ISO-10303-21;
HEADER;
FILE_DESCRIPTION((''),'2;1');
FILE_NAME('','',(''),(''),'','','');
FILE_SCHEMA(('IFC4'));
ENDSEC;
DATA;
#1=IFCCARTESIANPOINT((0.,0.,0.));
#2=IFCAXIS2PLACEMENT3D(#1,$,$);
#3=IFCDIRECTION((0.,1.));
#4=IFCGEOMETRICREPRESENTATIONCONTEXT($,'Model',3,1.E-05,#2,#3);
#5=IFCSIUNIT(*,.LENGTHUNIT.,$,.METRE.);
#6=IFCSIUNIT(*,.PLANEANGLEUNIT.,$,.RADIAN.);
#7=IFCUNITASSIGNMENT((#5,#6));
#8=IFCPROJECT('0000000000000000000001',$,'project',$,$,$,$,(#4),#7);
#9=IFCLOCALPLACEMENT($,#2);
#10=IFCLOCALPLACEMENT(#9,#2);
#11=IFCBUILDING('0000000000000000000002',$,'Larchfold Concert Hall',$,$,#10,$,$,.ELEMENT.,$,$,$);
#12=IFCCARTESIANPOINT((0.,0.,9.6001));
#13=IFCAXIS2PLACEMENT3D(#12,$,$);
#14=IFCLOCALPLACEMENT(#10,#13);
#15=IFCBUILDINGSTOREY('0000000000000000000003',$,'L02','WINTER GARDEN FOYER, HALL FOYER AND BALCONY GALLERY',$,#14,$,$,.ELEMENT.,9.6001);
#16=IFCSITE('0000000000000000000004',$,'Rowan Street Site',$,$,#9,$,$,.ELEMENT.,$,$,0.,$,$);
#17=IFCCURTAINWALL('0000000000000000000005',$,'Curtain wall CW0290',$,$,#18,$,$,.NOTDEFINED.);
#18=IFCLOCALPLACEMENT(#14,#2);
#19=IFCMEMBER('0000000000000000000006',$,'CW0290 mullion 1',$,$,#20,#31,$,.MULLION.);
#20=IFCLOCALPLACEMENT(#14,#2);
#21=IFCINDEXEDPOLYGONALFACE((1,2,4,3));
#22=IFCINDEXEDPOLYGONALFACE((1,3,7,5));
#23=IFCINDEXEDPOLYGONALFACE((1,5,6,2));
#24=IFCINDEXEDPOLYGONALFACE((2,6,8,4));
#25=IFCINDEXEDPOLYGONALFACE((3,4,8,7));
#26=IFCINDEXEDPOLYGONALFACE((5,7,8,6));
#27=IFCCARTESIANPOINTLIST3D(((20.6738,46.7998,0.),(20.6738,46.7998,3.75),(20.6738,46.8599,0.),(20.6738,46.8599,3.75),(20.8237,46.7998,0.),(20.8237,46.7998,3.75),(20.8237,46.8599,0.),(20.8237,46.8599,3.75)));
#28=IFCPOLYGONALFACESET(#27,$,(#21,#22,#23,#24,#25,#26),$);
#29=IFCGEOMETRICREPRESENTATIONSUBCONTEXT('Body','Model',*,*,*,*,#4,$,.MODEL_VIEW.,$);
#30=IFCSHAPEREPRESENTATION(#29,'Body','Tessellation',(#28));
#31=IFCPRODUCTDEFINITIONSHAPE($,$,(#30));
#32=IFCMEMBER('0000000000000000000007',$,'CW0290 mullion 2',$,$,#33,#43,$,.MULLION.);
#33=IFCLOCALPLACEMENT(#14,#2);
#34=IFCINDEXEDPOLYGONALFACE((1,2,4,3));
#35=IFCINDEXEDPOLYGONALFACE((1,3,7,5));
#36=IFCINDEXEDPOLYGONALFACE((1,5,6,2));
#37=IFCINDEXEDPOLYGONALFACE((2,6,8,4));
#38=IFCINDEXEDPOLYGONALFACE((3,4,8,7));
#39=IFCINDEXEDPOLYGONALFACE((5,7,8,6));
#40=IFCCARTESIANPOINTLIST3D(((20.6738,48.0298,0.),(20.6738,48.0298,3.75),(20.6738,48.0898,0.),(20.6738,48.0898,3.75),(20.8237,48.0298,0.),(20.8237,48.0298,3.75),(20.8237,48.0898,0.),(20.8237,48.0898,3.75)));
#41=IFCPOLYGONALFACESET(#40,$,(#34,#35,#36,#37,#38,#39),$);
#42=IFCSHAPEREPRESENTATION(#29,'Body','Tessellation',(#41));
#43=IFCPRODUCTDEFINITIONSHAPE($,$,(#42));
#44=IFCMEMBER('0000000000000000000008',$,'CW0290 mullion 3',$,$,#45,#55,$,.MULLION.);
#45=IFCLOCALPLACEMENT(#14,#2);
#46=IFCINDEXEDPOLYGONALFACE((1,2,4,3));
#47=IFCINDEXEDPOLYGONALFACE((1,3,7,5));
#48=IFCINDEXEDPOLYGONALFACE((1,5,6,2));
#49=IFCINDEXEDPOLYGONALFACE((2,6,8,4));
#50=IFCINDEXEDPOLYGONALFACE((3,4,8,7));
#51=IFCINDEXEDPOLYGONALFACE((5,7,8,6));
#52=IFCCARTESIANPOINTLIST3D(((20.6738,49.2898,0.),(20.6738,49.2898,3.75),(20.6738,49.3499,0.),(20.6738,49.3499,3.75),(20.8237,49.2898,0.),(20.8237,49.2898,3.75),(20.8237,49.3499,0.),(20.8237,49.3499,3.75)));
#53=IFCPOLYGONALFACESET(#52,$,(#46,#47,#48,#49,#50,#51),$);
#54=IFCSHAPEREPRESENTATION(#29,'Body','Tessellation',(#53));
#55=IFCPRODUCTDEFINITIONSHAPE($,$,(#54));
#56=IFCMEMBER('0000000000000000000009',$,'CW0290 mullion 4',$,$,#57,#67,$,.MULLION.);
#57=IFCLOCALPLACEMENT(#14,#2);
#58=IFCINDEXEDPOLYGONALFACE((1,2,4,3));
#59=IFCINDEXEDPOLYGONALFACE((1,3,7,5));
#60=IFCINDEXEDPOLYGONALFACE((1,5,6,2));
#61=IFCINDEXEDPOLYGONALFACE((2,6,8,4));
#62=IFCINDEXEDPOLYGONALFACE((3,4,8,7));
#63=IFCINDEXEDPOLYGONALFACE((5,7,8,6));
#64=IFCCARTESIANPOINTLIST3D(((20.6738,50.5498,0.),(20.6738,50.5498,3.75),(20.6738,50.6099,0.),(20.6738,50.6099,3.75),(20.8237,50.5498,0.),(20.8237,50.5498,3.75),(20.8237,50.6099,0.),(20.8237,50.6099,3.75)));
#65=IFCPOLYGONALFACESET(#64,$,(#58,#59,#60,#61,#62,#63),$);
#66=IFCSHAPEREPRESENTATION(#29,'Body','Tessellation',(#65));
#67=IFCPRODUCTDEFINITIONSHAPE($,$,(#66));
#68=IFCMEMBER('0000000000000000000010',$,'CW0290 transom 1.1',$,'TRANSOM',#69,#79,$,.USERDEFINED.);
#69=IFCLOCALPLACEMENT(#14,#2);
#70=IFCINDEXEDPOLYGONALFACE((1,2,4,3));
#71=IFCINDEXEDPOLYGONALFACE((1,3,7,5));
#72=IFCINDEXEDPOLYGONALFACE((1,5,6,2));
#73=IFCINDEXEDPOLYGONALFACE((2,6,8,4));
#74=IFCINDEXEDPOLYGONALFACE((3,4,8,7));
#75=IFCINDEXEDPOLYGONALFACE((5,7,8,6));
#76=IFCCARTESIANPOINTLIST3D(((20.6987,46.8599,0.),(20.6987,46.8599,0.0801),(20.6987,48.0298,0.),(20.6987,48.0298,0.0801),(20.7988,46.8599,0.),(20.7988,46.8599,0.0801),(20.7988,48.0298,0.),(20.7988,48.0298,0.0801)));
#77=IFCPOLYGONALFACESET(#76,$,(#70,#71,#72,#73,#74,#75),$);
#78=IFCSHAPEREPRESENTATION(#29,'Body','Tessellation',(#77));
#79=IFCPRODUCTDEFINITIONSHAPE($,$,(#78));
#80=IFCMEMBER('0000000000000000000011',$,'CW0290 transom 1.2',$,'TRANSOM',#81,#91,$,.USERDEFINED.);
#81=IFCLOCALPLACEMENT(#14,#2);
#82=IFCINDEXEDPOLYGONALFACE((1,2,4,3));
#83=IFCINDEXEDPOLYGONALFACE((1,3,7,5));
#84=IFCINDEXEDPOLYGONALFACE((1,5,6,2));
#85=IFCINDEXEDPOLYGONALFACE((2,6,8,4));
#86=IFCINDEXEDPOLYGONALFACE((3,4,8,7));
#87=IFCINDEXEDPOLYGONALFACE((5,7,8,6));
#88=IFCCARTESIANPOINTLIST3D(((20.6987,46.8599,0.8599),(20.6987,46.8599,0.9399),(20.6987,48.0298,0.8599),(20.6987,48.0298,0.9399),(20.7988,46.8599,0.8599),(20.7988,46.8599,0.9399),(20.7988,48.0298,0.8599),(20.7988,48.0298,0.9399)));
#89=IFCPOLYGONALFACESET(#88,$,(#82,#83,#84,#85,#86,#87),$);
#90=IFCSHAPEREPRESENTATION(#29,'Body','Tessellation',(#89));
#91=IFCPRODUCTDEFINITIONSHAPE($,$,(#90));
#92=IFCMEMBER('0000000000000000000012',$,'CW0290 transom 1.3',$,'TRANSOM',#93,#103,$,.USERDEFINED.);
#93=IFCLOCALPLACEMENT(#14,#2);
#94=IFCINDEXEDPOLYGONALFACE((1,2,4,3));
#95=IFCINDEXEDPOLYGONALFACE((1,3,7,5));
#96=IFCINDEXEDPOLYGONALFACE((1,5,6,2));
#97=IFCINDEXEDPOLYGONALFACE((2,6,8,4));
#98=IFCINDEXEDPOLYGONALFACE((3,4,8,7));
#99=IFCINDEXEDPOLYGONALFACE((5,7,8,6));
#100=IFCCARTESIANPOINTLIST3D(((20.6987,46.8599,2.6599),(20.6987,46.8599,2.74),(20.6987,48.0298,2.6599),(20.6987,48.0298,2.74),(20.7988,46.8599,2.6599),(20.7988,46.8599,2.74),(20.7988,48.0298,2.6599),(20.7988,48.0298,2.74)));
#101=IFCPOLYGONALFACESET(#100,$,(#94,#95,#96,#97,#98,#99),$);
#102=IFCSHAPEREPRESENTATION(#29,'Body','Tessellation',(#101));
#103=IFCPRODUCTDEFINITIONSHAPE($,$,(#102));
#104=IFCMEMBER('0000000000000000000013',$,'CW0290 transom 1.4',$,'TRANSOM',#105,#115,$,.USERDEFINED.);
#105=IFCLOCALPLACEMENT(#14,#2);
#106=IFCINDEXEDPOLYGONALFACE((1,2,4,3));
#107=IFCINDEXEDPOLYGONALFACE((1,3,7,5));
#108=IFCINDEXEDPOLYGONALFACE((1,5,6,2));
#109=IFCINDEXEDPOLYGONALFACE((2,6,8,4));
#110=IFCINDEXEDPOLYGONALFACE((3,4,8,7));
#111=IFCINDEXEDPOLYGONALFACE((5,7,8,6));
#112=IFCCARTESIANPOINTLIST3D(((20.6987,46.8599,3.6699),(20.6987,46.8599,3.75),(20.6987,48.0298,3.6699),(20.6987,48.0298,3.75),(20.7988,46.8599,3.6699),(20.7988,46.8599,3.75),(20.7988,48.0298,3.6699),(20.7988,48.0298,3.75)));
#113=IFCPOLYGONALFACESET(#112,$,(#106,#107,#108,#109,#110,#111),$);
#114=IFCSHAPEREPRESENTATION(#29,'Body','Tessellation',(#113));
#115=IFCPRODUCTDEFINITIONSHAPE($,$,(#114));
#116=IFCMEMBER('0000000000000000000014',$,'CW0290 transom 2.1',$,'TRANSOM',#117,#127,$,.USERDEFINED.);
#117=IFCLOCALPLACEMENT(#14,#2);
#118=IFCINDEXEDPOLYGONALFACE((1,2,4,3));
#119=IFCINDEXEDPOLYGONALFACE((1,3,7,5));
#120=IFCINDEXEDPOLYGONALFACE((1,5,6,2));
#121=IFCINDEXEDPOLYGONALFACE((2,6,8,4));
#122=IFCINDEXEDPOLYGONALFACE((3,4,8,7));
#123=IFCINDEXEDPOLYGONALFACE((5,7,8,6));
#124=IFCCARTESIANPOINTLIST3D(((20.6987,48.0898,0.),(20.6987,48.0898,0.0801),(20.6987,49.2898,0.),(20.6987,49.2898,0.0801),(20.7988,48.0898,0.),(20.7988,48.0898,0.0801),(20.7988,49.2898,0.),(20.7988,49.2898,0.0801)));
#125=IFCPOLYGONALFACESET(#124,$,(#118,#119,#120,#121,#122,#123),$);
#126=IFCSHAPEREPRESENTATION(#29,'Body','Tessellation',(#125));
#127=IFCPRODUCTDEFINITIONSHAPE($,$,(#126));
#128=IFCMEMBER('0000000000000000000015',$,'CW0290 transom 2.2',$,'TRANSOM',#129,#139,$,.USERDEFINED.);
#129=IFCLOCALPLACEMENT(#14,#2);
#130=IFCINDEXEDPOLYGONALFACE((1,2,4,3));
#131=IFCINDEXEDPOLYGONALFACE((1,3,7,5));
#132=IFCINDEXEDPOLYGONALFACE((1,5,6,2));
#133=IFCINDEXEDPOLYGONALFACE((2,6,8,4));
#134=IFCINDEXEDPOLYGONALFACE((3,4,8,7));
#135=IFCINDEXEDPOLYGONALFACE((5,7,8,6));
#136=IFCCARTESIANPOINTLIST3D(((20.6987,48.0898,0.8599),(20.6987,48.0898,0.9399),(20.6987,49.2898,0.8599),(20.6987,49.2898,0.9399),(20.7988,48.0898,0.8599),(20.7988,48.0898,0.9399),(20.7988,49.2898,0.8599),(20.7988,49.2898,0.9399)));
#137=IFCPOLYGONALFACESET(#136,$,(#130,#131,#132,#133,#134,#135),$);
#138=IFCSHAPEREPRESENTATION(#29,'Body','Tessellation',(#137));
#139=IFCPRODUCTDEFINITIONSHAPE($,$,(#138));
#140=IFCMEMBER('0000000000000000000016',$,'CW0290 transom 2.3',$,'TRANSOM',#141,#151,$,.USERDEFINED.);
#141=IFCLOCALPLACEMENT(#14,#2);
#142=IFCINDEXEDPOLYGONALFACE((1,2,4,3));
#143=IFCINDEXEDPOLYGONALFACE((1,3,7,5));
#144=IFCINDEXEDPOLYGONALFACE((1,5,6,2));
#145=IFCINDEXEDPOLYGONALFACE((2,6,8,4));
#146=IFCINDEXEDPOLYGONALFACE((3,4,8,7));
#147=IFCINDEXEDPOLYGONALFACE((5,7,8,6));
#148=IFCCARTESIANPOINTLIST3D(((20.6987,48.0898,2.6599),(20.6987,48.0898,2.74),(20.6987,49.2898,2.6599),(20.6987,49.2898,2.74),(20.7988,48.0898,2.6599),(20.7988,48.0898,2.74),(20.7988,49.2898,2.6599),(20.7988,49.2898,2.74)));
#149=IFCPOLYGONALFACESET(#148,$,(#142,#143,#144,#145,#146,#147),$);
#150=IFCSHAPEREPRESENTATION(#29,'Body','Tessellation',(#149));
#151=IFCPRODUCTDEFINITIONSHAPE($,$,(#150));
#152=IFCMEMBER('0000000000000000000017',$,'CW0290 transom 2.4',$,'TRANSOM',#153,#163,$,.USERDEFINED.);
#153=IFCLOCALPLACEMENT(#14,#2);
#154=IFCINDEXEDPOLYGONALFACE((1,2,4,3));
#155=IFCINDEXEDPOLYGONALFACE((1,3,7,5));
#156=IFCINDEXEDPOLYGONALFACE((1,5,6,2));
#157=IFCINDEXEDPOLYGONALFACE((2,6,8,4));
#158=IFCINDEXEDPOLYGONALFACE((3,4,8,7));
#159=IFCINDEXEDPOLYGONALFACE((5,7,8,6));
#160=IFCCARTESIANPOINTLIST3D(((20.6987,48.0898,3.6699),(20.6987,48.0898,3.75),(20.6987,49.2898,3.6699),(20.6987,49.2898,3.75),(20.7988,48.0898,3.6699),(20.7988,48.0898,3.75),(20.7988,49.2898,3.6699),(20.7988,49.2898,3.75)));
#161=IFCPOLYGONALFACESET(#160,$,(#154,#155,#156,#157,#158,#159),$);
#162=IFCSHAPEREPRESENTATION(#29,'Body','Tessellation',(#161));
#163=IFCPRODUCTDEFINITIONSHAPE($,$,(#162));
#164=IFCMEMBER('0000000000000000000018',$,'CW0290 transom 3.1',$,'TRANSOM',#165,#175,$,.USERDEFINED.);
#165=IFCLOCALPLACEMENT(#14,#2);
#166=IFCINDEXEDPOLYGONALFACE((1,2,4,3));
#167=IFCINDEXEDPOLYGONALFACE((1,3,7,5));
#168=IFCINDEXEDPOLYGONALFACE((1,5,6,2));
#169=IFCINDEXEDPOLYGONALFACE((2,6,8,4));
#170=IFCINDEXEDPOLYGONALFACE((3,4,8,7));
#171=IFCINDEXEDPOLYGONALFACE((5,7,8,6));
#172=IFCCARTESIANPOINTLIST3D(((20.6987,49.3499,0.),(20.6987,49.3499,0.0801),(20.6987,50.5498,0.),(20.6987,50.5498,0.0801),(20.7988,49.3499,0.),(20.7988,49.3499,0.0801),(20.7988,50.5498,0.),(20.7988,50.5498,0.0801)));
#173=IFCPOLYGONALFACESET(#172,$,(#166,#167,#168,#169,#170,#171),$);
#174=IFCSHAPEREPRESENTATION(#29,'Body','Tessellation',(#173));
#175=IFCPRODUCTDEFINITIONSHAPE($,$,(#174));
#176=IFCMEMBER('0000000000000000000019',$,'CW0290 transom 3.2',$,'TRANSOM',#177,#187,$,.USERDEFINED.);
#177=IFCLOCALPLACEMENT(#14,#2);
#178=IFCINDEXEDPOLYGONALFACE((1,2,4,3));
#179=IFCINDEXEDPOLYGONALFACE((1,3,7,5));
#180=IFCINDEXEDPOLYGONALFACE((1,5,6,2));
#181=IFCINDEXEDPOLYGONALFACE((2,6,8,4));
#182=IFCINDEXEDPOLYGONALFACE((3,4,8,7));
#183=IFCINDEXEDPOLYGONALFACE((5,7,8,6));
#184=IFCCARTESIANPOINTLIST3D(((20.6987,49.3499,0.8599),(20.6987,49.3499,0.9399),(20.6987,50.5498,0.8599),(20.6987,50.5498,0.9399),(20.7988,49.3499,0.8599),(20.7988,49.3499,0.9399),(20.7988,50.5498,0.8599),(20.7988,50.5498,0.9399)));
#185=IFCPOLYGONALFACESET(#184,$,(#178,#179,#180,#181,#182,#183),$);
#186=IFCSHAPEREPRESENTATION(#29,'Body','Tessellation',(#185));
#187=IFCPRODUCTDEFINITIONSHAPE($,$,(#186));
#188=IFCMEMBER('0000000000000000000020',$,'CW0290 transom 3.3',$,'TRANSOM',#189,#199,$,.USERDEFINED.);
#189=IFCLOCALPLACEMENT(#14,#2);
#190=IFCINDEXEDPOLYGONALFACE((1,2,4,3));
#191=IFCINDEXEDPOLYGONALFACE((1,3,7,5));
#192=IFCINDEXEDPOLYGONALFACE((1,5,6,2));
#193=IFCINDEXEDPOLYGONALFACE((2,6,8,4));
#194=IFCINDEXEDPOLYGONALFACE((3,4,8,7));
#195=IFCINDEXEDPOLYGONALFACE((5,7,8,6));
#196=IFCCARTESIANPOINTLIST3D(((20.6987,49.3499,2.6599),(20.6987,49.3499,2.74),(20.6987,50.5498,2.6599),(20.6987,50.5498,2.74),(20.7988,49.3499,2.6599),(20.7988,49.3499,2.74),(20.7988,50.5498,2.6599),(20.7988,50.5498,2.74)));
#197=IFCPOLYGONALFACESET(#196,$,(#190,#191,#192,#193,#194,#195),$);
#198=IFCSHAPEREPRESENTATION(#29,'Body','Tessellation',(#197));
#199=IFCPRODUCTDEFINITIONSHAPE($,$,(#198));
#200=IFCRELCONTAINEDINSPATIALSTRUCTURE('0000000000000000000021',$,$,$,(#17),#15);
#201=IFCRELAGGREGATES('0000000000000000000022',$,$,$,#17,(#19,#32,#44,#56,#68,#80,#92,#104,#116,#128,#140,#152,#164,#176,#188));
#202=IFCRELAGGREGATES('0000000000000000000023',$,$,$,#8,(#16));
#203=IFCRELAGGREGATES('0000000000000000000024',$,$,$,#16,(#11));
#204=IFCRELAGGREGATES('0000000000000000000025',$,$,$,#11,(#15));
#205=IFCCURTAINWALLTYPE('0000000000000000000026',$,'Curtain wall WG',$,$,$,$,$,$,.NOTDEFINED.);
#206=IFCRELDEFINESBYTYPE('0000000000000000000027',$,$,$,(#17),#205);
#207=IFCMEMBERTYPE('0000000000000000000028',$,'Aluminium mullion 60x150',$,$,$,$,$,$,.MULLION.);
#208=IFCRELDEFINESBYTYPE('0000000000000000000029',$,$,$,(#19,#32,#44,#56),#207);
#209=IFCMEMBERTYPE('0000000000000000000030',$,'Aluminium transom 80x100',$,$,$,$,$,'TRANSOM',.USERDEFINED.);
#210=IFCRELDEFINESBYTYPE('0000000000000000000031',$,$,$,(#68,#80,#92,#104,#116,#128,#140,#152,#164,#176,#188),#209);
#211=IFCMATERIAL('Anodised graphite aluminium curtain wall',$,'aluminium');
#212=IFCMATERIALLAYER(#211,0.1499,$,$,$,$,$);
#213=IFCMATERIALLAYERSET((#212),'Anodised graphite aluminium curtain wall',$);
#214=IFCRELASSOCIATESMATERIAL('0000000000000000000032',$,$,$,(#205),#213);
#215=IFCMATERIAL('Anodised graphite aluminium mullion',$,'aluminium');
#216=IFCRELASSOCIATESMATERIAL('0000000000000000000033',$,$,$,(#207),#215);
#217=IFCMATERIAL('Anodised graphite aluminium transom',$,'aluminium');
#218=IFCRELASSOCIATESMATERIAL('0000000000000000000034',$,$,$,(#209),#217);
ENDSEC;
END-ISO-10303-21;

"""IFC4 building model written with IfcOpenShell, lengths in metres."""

from ifc_helpers import new_model, si_unit, direction, frame, origin, origin_2d, place, context, subcontext, project, spatial, rectangle, extrude, material, layer, layer_set, material_profile, profile_set, type_object, element, aggregate, save


model = new_model("IFC4")

# Units and contexts
model_context = context("Model", 3, precision=1e-05, world=origin(), true_north=direction((0.0, 1.0)))
body_context = subcontext(model_context, "Body", "Model", "MODEL_VIEW")
ifc_project = project(units=[si_unit("LENGTHUNIT", "METRE"), si_unit("PLANEANGLEUNIT", "RADIAN")], contexts=[model_context])

# Site, building, storey
site_placement = place(None, origin())
site = spatial("IfcSite", under=ifc_project, at=site_placement, Name="Rowan Street Site", CompositionType="ELEMENT", RefElevation=0.0)
building_placement = place(site_placement, origin())
building = spatial("IfcBuilding", under=site, at=building_placement, Name="Larchfold Concert Hall", CompositionType="ELEMENT")
storey_placement = place(building_placement, frame((0.0, 0.0, 9.6001)))
storey = spatial("IfcBuildingStorey", under=building, at=storey_placement, Name="L02", Description="WINTER GARDEN FOYER, HALL FOYER AND BALCONY GALLERY", CompositionType="ELEMENT", Elevation=9.6001)

# Curtain wall, members
ifc_material_1 = material(Name="Anodised graphite aluminium curtain wall", Category="aluminium")
ifc_layer_1 = layer(ifc_material_1, 0.1499)
ifc_layer_set_1 = layer_set([ifc_layer_1], Name="Anodised graphite aluminium curtain wall")
curtain_wall_type = type_object("IfcCurtainWallType", Name="Curtain wall WG", PredefinedType="NOTDEFINED", material=ifc_layer_set_1)
curtain_wall_placement = place(storey_placement, origin())
curtain_wall = element("IfcCurtainWall", 1, at=curtain_wall_placement, inside=storey, type_object=curtain_wall_type, Name="Curtain wall CW0290", PredefinedType="NOTDEFINED")
ifc_material_2 = material(Name="Anodised graphite aluminium mullion", Category="aluminium")
ifc_material_profile_1 = material_profile(ifc_material_2, rectangle(XDim=0.1499, YDim=0.0601, at=origin_2d()))
ifc_profile_set_1 = profile_set([ifc_material_profile_1], Name="Anodised graphite aluminium mullion")
member_type_1 = type_object("IfcMemberType", Name="Aluminium mullion 60x150", PredefinedType="MULLION", material=ifc_profile_set_1)
member_1_placement = place(storey_placement, frame((20.7488, 46.8298, 0.0), z_axis=(0.0, 0.0, 1.0), x_axis=(-1.0, 0.0, 0.0)))
member_1 = element("IfcMember", 2, at=member_1_placement, type_object=member_type_1, Name="CW0290 mullion 1", PredefinedType="MULLION", context=body_context, shape_type="SweptSolid", body=[
    extrude(rectangle(XDim=0.1499, YDim=0.0601, at=origin_2d()), origin(), (0.0, 0.0, 1.0), 3.75),
])
member_2_placement = place(storey_placement, frame((20.7488, 48.0598, 0.0), z_axis=(0.0, 0.0, 1.0), x_axis=(-1.0, 0.0, 0.0)))
member_2 = element("IfcMember", 3, at=member_2_placement, type_object=member_type_1, Name="CW0290 mullion 2", PredefinedType="MULLION", context=body_context, shape_type="SweptSolid", body=[
    extrude(rectangle(XDim=0.1499, YDim=0.0601, at=origin_2d()), origin(), (0.0, 0.0, 1.0), 3.75),
])
member_3_placement = place(storey_placement, frame((20.7488, 49.3198, 0.0), z_axis=(0.0, 0.0, 1.0), x_axis=(-1.0, 0.0, 0.0)))
member_3 = element("IfcMember", 4, at=member_3_placement, type_object=member_type_1, Name="CW0290 mullion 3", PredefinedType="MULLION", context=body_context, shape_type="SweptSolid", body=[
    extrude(rectangle(XDim=0.1499, YDim=0.0601, at=origin_2d()), origin(), (0.0, 0.0, 1.0), 3.75),
])
member_4_placement = place(storey_placement, frame((20.7488, 50.5798, 0.0), z_axis=(0.0, 0.0, 1.0), x_axis=(-1.0, 0.0, 0.0)))
member_4 = element("IfcMember", 5, at=member_4_placement, type_object=member_type_1, Name="CW0290 mullion 4", PredefinedType="MULLION", context=body_context, shape_type="SweptSolid", body=[
    extrude(rectangle(XDim=0.1499, YDim=0.0601, at=origin_2d()), origin(), (0.0, 0.0, 1.0), 3.75),
])
ifc_material_3 = material(Name="Anodised graphite aluminium transom", Category="aluminium")
ifc_material_profile_2 = material_profile(ifc_material_3, rectangle(XDim=0.1001, YDim=0.0801, at=origin_2d()))
ifc_profile_set_2 = profile_set([ifc_material_profile_2], Name="Anodised graphite aluminium transom")
member_type_2 = type_object("IfcMemberType", Name="Aluminium transom 80x100", ElementType="TRANSOM", PredefinedType="USERDEFINED", material=ifc_profile_set_2)
member_5_placement = place(storey_placement, frame((20.7488, 46.8599, 0.04), z_axis=(0.0, 1.0, 0.0), x_axis=(-1.0, 0.0, 0.0)))
member_5 = element("IfcMember", 6, at=member_5_placement, type_object=member_type_2, Name="CW0290 transom 1.1", ObjectType="TRANSOM", PredefinedType="USERDEFINED", context=body_context, shape_type="SweptSolid", body=[
    extrude(rectangle(XDim=0.1001, YDim=0.0801, at=origin_2d()), origin(), (0.0, 0.0, 1.0), 1.1699),
])
member_6_placement = place(storey_placement, frame((20.7488, 46.8599, 0.8999), z_axis=(0.0, 1.0, 0.0), x_axis=(-1.0, 0.0, 0.0)))
member_6 = element("IfcMember", 7, at=member_6_placement, type_object=member_type_2, Name="CW0290 transom 1.2", ObjectType="TRANSOM", PredefinedType="USERDEFINED", context=body_context, shape_type="SweptSolid", body=[
    extrude(rectangle(XDim=0.1001, YDim=0.0801, at=origin_2d()), origin(), (0.0, 0.0, 1.0), 1.1699),
])
member_7_placement = place(storey_placement, frame((20.7488, 46.8599, 2.7), z_axis=(0.0, 1.0, 0.0), x_axis=(-1.0, 0.0, 0.0)))
member_7 = element("IfcMember", 8, at=member_7_placement, type_object=member_type_2, Name="CW0290 transom 1.3", ObjectType="TRANSOM", PredefinedType="USERDEFINED", context=body_context, shape_type="SweptSolid", body=[
    extrude(rectangle(XDim=0.1001, YDim=0.0801, at=origin_2d()), origin(), (0.0, 0.0, 1.0), 1.1699),
])
member_8_placement = place(storey_placement, frame((20.7488, 46.8599, 3.71), z_axis=(0.0, 1.0, 0.0), x_axis=(-1.0, 0.0, 0.0)))
member_8 = element("IfcMember", 9, at=member_8_placement, type_object=member_type_2, Name="CW0290 transom 1.4", ObjectType="TRANSOM", PredefinedType="USERDEFINED", context=body_context, shape_type="SweptSolid", body=[
    extrude(rectangle(XDim=0.1001, YDim=0.0801, at=origin_2d()), origin(), (0.0, 0.0, 1.0), 1.1699),
])
member_9_placement = place(storey_placement, frame((20.7488, 48.0898, 0.04), z_axis=(0.0, 1.0, 0.0), x_axis=(-1.0, 0.0, 0.0)))
member_9 = element("IfcMember", 10, at=member_9_placement, type_object=member_type_2, Name="CW0290 transom 2.1", ObjectType="TRANSOM", PredefinedType="USERDEFINED", context=body_context, shape_type="SweptSolid", body=[
    extrude(rectangle(XDim=0.1001, YDim=0.0801, at=origin_2d()), origin(), (0.0, 0.0, 1.0), 1.2),
])
member_10_placement = place(storey_placement, frame((20.7488, 48.0898, 0.8999), z_axis=(0.0, 1.0, 0.0), x_axis=(-1.0, 0.0, 0.0)))
member_10 = element("IfcMember", 11, at=member_10_placement, type_object=member_type_2, Name="CW0290 transom 2.2", ObjectType="TRANSOM", PredefinedType="USERDEFINED", context=body_context, shape_type="SweptSolid", body=[
    extrude(rectangle(XDim=0.1001, YDim=0.0801, at=origin_2d()), origin(), (0.0, 0.0, 1.0), 1.2),
])
member_11_placement = place(storey_placement, frame((20.7488, 48.0898, 2.7), z_axis=(0.0, 1.0, 0.0), x_axis=(-1.0, 0.0, 0.0)))
member_11 = element("IfcMember", 12, at=member_11_placement, type_object=member_type_2, Name="CW0290 transom 2.3", ObjectType="TRANSOM", PredefinedType="USERDEFINED", context=body_context, shape_type="SweptSolid", body=[
    extrude(rectangle(XDim=0.1001, YDim=0.0801, at=origin_2d()), origin(), (0.0, 0.0, 1.0), 1.2),
])
member_12_placement = place(storey_placement, frame((20.7488, 48.0898, 3.71), z_axis=(0.0, 1.0, 0.0), x_axis=(-1.0, 0.0, 0.0)))
member_12 = element("IfcMember", 13, at=member_12_placement, type_object=member_type_2, Name="CW0290 transom 2.4", ObjectType="TRANSOM", PredefinedType="USERDEFINED", context=body_context, shape_type="SweptSolid", body=[
    extrude(rectangle(XDim=0.1001, YDim=0.0801, at=origin_2d()), origin(), (0.0, 0.0, 1.0), 1.2),
])
member_13_placement = place(storey_placement, frame((20.7488, 49.3499, 0.04), z_axis=(0.0, 1.0, 0.0), x_axis=(-1.0, 0.0, 0.0)))
member_13 = element("IfcMember", 14, at=member_13_placement, type_object=member_type_2, Name="CW0290 transom 3.1", ObjectType="TRANSOM", PredefinedType="USERDEFINED", context=body_context, shape_type="SweptSolid", body=[
    extrude(rectangle(XDim=0.1001, YDim=0.0801, at=origin_2d()), origin(), (0.0, 0.0, 1.0), 1.2),
])
member_14_placement = place(storey_placement, frame((20.7488, 49.3499, 0.8999), z_axis=(0.0, 1.0, 0.0), x_axis=(-1.0, 0.0, 0.0)))
member_14 = element("IfcMember", 15, at=member_14_placement, type_object=member_type_2, Name="CW0290 transom 3.2", ObjectType="TRANSOM", PredefinedType="USERDEFINED", context=body_context, shape_type="SweptSolid", body=[
    extrude(rectangle(XDim=0.1001, YDim=0.0801, at=origin_2d()), origin(), (0.0, 0.0, 1.0), 1.2),
])
member_15_placement = place(storey_placement, frame((20.7488, 49.3499, 2.7), z_axis=(0.0, 1.0, 0.0), x_axis=(-1.0, 0.0, 0.0)))
member_15 = element("IfcMember", 16, at=member_15_placement, type_object=member_type_2, Name="CW0290 transom 3.3", ObjectType="TRANSOM", PredefinedType="USERDEFINED", context=body_context, shape_type="SweptSolid", body=[
    extrude(rectangle(XDim=0.1001, YDim=0.0801, at=origin_2d()), origin(), (0.0, 0.0, 1.0), 1.2),
])
aggregate(curtain_wall, [member_1, member_2, member_3, member_4, member_5, member_6, member_7, member_8, member_9, member_10, member_11, member_12, member_13, member_14, member_15])

save(model, "model.ifc")
